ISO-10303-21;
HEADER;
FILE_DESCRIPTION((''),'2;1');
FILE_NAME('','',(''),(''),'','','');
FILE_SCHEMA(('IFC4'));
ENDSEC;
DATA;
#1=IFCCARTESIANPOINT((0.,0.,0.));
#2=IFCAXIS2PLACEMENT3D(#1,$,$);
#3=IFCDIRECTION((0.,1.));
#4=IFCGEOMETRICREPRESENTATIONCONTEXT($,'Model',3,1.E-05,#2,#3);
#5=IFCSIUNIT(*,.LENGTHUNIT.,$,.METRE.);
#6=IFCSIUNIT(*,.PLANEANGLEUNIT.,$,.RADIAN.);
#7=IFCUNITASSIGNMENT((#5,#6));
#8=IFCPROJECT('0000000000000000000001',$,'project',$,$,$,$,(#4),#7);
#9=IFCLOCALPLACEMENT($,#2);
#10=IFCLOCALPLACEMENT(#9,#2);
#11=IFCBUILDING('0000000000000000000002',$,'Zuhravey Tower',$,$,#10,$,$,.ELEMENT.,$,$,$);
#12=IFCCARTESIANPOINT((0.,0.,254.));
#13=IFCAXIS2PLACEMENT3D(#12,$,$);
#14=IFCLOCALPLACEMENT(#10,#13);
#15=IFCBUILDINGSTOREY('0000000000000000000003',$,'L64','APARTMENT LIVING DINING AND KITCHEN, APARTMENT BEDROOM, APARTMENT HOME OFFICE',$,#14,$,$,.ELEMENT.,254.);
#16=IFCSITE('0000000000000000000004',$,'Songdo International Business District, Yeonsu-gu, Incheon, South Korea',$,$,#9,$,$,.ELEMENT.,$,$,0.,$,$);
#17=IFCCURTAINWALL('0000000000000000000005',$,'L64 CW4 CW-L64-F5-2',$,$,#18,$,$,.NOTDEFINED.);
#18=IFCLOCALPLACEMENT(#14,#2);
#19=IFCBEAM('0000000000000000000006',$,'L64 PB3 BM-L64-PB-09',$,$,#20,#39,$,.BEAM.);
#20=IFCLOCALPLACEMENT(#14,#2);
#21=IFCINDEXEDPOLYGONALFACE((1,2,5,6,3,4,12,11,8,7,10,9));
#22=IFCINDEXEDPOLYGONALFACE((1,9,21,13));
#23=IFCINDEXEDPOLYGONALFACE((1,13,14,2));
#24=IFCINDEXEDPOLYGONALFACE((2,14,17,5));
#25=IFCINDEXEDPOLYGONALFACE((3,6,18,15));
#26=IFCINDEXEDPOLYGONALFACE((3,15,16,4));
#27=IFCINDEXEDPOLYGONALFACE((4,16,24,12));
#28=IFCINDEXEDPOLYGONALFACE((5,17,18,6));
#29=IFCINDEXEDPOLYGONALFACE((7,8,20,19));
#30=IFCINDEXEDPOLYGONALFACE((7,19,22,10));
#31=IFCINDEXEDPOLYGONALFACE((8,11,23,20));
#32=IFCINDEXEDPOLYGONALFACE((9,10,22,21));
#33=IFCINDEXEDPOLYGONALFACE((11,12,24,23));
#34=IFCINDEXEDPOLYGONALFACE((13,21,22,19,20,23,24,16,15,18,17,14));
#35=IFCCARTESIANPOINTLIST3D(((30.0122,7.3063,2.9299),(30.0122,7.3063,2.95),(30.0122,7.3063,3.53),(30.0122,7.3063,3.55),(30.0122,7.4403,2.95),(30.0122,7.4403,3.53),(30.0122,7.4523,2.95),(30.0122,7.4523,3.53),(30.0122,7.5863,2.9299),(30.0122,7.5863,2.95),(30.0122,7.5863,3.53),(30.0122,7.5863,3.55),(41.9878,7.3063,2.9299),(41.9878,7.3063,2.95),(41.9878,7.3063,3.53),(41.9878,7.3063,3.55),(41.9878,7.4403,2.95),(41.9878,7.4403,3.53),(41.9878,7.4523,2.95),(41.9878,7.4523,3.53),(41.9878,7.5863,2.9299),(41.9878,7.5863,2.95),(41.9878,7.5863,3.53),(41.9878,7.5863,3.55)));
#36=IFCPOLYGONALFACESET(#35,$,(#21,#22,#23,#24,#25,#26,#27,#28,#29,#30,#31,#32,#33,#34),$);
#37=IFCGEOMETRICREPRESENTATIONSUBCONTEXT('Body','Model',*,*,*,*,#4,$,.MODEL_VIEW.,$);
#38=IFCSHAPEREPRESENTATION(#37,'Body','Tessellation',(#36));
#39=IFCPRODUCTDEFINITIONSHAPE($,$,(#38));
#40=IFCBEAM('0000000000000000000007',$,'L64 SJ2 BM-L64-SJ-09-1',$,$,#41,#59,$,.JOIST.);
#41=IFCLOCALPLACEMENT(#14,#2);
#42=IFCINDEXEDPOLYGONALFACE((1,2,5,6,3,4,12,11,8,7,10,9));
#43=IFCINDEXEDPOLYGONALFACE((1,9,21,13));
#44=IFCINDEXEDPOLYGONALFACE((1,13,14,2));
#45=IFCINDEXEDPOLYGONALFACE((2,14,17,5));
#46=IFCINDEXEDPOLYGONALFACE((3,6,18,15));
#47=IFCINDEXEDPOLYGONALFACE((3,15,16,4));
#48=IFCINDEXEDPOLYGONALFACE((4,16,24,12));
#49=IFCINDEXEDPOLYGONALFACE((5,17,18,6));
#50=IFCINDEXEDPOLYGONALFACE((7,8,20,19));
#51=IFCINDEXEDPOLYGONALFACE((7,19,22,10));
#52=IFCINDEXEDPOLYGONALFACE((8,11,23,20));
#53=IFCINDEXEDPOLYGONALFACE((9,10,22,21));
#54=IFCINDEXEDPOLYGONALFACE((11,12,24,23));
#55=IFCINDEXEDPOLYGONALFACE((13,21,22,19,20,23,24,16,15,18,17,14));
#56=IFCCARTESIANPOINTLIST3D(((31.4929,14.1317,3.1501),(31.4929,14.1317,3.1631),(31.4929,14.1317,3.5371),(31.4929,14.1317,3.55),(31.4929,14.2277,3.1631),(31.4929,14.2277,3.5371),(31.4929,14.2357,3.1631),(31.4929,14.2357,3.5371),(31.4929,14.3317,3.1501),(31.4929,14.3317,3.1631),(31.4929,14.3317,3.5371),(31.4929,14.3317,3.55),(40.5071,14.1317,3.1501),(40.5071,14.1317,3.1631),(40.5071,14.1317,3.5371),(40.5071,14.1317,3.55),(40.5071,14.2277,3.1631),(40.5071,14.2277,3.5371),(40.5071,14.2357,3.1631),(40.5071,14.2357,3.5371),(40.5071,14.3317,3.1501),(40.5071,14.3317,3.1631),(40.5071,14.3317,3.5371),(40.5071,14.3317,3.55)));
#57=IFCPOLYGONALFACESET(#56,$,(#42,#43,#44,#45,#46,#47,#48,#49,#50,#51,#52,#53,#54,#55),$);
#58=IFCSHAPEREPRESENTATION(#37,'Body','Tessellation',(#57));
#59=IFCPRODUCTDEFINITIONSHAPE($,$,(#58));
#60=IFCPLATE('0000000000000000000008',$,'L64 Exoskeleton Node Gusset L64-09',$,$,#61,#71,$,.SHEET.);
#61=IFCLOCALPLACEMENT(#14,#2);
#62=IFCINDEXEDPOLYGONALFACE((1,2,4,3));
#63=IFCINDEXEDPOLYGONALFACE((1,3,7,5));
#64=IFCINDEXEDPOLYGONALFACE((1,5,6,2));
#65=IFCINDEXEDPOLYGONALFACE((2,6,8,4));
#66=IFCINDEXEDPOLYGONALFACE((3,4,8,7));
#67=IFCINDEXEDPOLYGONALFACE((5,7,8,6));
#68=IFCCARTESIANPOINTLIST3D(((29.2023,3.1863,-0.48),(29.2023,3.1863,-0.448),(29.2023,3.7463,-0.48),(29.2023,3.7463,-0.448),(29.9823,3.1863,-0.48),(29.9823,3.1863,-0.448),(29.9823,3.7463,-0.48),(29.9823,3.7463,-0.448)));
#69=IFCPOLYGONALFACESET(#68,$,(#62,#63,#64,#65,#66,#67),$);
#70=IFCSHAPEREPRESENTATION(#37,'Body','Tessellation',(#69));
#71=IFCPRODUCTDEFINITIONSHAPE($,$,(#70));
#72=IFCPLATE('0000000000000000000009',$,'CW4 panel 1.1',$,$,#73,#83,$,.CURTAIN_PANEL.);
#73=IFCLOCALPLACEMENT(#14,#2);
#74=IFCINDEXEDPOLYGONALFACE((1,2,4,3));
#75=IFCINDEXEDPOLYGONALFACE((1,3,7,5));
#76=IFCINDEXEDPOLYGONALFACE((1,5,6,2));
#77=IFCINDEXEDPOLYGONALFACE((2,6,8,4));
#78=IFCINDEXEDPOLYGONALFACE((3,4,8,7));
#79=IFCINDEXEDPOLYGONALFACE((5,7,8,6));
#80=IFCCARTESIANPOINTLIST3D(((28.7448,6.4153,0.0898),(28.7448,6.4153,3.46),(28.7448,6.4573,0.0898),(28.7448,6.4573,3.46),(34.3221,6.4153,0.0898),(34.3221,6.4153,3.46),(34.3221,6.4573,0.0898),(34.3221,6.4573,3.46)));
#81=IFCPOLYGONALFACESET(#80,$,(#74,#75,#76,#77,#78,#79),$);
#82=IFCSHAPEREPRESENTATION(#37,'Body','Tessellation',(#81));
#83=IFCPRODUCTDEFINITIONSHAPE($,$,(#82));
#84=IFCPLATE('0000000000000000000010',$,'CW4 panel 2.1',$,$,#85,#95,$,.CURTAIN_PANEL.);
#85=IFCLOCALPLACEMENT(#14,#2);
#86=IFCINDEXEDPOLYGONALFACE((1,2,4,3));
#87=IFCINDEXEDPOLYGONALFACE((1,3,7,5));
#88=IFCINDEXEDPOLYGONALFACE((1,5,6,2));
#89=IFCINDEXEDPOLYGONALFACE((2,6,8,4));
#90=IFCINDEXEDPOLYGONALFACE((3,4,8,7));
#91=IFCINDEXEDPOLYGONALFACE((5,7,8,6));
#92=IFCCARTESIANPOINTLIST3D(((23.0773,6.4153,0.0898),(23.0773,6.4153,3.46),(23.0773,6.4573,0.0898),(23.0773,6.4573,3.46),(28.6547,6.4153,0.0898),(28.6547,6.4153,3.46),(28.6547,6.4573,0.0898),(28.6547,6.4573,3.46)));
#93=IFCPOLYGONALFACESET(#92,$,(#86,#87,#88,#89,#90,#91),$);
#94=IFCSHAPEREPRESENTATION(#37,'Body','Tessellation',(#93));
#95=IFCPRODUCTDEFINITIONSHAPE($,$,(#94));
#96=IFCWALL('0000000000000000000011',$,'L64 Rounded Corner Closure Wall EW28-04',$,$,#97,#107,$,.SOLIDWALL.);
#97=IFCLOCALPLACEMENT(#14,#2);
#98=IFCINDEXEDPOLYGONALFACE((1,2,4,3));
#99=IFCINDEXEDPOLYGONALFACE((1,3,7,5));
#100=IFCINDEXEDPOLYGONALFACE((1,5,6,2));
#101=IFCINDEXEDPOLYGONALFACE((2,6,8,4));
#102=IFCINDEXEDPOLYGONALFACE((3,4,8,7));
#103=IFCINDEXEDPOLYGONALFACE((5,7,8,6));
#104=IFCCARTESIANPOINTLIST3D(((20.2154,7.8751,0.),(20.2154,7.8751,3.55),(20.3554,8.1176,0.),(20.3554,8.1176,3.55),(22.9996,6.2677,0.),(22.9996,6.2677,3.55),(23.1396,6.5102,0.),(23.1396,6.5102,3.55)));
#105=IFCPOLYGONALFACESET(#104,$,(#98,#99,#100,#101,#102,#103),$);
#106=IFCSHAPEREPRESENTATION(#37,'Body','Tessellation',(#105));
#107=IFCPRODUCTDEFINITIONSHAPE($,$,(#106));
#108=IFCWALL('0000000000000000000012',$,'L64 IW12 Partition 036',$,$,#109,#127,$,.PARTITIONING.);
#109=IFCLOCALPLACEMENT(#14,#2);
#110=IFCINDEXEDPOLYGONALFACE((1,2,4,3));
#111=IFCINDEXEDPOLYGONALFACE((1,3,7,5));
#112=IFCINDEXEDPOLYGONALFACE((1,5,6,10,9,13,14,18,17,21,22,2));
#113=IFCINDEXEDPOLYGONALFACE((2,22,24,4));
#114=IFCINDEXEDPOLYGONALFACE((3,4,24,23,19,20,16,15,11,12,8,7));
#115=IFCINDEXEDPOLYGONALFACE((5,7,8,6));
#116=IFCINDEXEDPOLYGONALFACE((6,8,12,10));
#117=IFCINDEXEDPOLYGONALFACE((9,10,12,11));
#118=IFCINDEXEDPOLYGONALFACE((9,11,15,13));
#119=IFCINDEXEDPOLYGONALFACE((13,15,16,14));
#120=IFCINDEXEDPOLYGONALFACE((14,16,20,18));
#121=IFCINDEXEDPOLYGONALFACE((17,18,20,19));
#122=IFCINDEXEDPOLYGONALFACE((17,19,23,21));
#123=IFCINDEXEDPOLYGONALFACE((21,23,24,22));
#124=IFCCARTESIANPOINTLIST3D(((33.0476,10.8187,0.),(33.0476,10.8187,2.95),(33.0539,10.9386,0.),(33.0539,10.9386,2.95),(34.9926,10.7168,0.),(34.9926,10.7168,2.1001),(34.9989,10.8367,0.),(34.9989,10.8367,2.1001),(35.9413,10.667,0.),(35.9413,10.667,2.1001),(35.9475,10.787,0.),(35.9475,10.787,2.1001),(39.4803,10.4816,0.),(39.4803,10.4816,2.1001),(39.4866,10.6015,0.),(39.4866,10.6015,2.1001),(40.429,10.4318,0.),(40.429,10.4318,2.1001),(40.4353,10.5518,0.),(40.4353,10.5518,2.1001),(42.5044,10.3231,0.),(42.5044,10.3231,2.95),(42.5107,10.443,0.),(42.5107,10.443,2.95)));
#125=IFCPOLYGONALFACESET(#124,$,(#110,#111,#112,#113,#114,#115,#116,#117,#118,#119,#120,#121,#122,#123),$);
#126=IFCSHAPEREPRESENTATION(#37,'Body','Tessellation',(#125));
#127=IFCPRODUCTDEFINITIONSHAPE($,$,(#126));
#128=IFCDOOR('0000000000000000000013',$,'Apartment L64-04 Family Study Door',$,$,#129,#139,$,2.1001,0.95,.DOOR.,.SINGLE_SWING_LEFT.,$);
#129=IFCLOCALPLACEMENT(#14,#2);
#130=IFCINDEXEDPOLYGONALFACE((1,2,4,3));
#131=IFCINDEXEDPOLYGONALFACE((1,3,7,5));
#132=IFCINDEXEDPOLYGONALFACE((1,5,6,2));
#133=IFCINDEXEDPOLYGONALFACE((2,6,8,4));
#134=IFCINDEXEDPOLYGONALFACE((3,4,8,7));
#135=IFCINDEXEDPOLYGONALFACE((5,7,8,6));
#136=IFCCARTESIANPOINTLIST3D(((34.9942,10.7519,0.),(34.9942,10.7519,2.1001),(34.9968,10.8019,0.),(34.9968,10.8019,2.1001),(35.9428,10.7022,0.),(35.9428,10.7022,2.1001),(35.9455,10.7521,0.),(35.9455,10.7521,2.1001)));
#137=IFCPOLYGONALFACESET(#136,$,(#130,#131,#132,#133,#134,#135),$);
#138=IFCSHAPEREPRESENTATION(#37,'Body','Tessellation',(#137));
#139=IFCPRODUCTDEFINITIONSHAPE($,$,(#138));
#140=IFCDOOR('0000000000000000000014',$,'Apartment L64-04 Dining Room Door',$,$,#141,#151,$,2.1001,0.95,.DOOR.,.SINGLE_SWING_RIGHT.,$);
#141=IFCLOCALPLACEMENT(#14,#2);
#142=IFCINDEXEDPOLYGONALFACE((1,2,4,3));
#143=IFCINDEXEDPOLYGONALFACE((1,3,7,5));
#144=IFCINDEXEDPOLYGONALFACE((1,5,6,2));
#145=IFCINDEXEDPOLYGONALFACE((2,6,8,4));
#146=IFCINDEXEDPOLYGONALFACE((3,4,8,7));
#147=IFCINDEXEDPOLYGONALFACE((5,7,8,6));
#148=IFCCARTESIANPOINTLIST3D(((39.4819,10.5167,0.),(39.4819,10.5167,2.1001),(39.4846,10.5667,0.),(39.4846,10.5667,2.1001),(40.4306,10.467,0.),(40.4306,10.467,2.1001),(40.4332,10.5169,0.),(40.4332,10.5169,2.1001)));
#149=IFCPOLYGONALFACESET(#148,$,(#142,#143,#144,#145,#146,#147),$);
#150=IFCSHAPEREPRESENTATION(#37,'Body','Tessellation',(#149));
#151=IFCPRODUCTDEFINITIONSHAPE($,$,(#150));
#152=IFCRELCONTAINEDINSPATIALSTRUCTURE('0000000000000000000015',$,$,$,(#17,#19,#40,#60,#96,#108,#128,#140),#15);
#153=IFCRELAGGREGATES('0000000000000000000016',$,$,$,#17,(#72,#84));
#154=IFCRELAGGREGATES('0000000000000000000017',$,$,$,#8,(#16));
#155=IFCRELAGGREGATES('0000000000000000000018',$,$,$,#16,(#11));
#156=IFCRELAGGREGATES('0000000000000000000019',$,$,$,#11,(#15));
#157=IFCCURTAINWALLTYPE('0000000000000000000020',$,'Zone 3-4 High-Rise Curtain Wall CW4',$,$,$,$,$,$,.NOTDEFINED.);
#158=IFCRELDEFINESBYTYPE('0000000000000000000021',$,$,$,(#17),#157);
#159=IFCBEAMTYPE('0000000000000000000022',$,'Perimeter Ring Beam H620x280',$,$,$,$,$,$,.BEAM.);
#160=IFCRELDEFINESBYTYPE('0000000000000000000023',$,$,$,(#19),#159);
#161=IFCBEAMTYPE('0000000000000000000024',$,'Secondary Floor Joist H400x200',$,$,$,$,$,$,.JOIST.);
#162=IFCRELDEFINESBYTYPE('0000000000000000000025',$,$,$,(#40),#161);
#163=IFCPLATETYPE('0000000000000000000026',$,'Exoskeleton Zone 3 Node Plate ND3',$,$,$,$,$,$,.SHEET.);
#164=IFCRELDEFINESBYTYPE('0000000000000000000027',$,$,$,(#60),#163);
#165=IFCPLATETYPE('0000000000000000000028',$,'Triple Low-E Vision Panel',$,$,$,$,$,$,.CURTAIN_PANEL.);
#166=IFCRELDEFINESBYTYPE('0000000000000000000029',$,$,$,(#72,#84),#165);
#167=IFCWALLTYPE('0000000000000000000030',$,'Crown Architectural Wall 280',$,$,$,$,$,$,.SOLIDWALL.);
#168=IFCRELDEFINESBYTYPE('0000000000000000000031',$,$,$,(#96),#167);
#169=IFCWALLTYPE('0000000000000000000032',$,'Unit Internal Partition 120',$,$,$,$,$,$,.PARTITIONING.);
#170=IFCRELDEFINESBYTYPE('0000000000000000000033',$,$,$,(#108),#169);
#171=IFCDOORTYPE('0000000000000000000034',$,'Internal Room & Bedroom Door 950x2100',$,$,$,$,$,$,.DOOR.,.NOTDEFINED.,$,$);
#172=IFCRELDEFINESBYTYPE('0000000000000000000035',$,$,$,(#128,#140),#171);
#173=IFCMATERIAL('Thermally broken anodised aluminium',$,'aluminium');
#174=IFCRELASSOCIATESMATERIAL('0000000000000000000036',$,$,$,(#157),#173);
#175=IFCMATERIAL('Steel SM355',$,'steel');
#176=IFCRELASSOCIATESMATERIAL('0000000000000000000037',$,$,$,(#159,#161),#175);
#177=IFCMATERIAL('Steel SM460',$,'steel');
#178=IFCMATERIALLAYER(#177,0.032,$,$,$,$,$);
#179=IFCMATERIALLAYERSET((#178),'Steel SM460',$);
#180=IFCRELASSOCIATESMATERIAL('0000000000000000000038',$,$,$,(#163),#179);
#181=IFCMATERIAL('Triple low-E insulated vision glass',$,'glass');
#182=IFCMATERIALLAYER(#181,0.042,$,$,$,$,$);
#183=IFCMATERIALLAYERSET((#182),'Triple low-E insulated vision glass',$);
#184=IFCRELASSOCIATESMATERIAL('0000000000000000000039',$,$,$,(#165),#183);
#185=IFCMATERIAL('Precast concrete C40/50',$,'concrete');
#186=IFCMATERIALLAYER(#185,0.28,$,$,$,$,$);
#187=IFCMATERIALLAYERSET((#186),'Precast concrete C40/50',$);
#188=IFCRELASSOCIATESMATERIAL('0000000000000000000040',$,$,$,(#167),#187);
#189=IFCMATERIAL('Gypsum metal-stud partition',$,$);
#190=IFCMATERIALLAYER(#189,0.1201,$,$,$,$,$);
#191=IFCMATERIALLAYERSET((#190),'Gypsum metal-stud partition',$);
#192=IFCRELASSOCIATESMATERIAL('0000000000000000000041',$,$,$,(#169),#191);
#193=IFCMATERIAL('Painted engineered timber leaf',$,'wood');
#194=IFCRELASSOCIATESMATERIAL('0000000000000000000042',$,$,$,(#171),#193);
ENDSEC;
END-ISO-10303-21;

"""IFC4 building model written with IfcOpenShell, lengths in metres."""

from ifc_helpers import new_model, si_unit, direction, frame, frame_2d, origin, origin_2d, place, context, subcontext, project, spatial, rectangle, i_section, extrude, material, layer, layer_set, material_profile, profile_set, type_object, element, fill, aggregate, save


model = new_model("IFC4")

# Units and contexts
model_context = context("Model", 3, precision=1e-05, world=origin(), true_north=direction((0.0, 1.0)))
body_context = subcontext(model_context, "Body", "Model", "MODEL_VIEW")
ifc_project = project(units=[si_unit("LENGTHUNIT", "METRE"), si_unit("PLANEANGLEUNIT", "RADIAN")], contexts=[model_context])

# Site, building, storey
site_placement = place(None, origin())
site = spatial("IfcSite", under=ifc_project, at=site_placement, Name="Songdo International Business District, Yeonsu-gu, Incheon, South Korea", CompositionType="ELEMENT", RefElevation=0.0)
building_placement = place(site_placement, origin())
building = spatial("IfcBuilding", under=site, at=building_placement, Name="Zuhravey Tower", CompositionType="ELEMENT")
storey_placement = place(building_placement, frame((0.0, 0.0, 254.0)))
storey = spatial("IfcBuildingStorey", under=building, at=storey_placement, Name="L64", Description="APARTMENT LIVING DINING AND KITCHEN, APARTMENT BEDROOM, APARTMENT HOME OFFICE", CompositionType="ELEMENT", Elevation=254.0)

# Curtain wall
ifc_material_1 = material(Name="Thermally broken anodised aluminium", Category="aluminium")
curtain_wall_type = type_object("IfcCurtainWallType", Name="Zone 3-4 High-Rise Curtain Wall CW4", PredefinedType="NOTDEFINED", material=ifc_material_1)
curtain_wall_1_placement = place(storey_placement, origin())
curtain_wall_1 = element("IfcCurtainWall", 1, at=curtain_wall_1_placement, inside=storey, type_object=curtain_wall_type, Name="L64 CW4 CW-L64-F5-2", PredefinedType="NOTDEFINED")

# Shared definitions
ifc_material_2 = material(Name="Steel SM355", Category="steel")

# Beams
ifc_material_profile_1 = material_profile(ifc_material_2, i_section(OverallWidth=0.28, OverallDepth=0.6201, WebThickness=0.012, FlangeThickness=0.02, at=origin_2d()), Name="H-620x280x12x20")
ifc_profile_set_1 = profile_set([ifc_material_profile_1], Name="Steel SM355")
beam_type_1 = type_object("IfcBeamType", Name="Perimeter Ring Beam H620x280", PredefinedType="BEAM", material=ifc_profile_set_1)
beam_1_placement = place(storey_placement, frame((30.0122, 7.4463, 3.24), z_axis=(1.0, 0.0, 0.0), x_axis=(0.0, 1.0, 0.0)))
element("IfcBeam", 2, at=beam_1_placement, inside=storey, type_object=beam_type_1, Name="L64 PB3 BM-L64-PB-09", PredefinedType="BEAM", context=body_context, shape_type="SweptSolid", body=[
    extrude(i_section(OverallWidth=0.28, OverallDepth=0.6201, WebThickness=0.012, FlangeThickness=0.02, at=origin_2d()), origin(), (0.0, 0.0, 1.0), 11.9756),
])
ifc_material_profile_2 = material_profile(ifc_material_2, i_section(OverallWidth=0.2, OverallDepth=0.3999, WebThickness=0.0081, FlangeThickness=0.0129, at=origin_2d()), Name="H-400x200x8x13")
ifc_profile_set_2 = profile_set([ifc_material_profile_2], Name="Steel SM355")
beam_type_2 = type_object("IfcBeamType", Name="Secondary Floor Joist H400x200", PredefinedType="JOIST", material=ifc_profile_set_2)
beam_2_placement = place(storey_placement, frame((31.4929, 14.2317, 3.3501), z_axis=(1.0, 0.0, 0.0), x_axis=(0.0, 1.0, 0.0)))
element("IfcBeam", 3, at=beam_2_placement, inside=storey, type_object=beam_type_2, Name="L64 SJ2 BM-L64-SJ-09-1", PredefinedType="JOIST", context=body_context, shape_type="SweptSolid", body=[
    extrude(i_section(OverallWidth=0.2, OverallDepth=0.3999, WebThickness=0.0081, FlangeThickness=0.0129, at=origin_2d()), origin(), (0.0, 0.0, 1.0), 9.0142),
])

# Plates
ifc_material_3 = material(Name="Steel SM460", Category="steel")
ifc_layer_1 = layer(ifc_material_3, 0.032)
ifc_layer_set_1 = layer_set([ifc_layer_1], Name="Steel SM460")
plate_type_1 = type_object("IfcPlateType", Name="Exoskeleton Zone 3 Node Plate ND3", PredefinedType="SHEET", material=ifc_layer_set_1)
plate_1_placement = place(storey_placement, frame((29.5923, 3.4663, -0.48), z_axis=(0.0, 0.0, 1.0), x_axis=(1.0, 0.0, 0.0)))
element("IfcPlate", 4, at=plate_1_placement, inside=storey, type_object=plate_type_1, Name="L64 Exoskeleton Node Gusset L64-09", PredefinedType="SHEET", context=body_context, shape_type="SweptSolid", body=[
    extrude(rectangle(XDim=0.78, YDim=0.5601, at=origin_2d()), origin(), (0.0, 0.0, 1.0), 0.032),
])
ifc_material_4 = material(Name="Triple low-E insulated vision glass", Category="glass")
ifc_layer_2 = layer(ifc_material_4, 0.042)
ifc_layer_set_2 = layer_set([ifc_layer_2], Name="Triple low-E insulated vision glass")
plate_type_2 = type_object("IfcPlateType", Name="Triple Low-E Vision Panel", PredefinedType="CURTAIN_PANEL", material=ifc_layer_set_2)
plate_2_placement = place(storey_placement, frame((31.5334, 6.4363, 0.0898), z_axis=(0.0, 0.0, 1.0), x_axis=(-1.0, 0.0, 0.0)))
plate_2 = element("IfcPlate", 5, at=plate_2_placement, type_object=plate_type_2, Name="CW4 panel 1.1", PredefinedType="CURTAIN_PANEL", context=body_context, shape_type="SweptSolid", body=[
    extrude(rectangle(XDim=5.5774, YDim=0.042, at=origin_2d()), origin(), (0.0, 0.0, 1.0), 3.3701),
])
plate_3_placement = place(storey_placement, frame((25.866, 6.4363, 0.0898), z_axis=(0.0, 0.0, 1.0), x_axis=(-1.0, 0.0, 0.0)))
plate_3 = element("IfcPlate", 6, at=plate_3_placement, type_object=plate_type_2, Name="CW4 panel 2.1", PredefinedType="CURTAIN_PANEL", context=body_context, shape_type="SweptSolid", body=[
    extrude(rectangle(XDim=5.5774, YDim=0.042, at=origin_2d()), origin(), (0.0, 0.0, 1.0), 3.3701),
])
aggregate(curtain_wall_1, [plate_2, plate_3])

# Wall
ifc_material_5 = material(Name="Precast concrete C40/50", Category="concrete")
ifc_layer_3 = layer(ifc_material_5, 0.28)
ifc_layer_set_3 = layer_set([ifc_layer_3], Name="Precast concrete C40/50")
wall_type_1 = type_object("IfcWallType", Name="Crown Architectural Wall 280", PredefinedType="SOLIDWALL", material=ifc_layer_set_3)
wall_1_placement = place(storey_placement, frame((23.0696, 6.3889, 0.0), z_axis=(0.0, 0.0, 1.0), x_axis=(-0.866029, 0.499994, 0.0)))
element("IfcWall", 7, at=wall_1_placement, inside=storey, type_object=wall_type_1, Name="L64 Rounded Corner Closure Wall EW28-04", PredefinedType="SOLIDWALL", context=body_context, shape_type="SweptSolid", body=[
    extrude(rectangle(XDim=3.2148, YDim=0.28, at=frame_2d((1.6074, 0.0))), origin(), (0.0, 0.0, 1.0), 3.55),
])

# Wall, openings, doors
ifc_material_6 = material(Name="Gypsum metal-stud partition")
ifc_layer_4 = layer(ifc_material_6, 0.1201)
ifc_layer_set_4 = layer_set([ifc_layer_4], Name="Gypsum metal-stud partition")
wall_type_2 = type_object("IfcWallType", Name="Unit Internal Partition 120", PredefinedType="PARTITIONING", material=ifc_layer_set_4)
wall_2_placement = place(storey_placement, frame((33.0508, 10.8787, 0.0), z_axis=(0.0, 0.0, 1.0), x_axis=(0.99863, -0.052336, 0.0)))
wall_2 = element("IfcWall", 8, at=wall_2_placement, inside=storey, type_object=wall_type_2, Name="L64 IW12 Partition 036", PredefinedType="PARTITIONING", context=body_context, shape_type="SweptSolid", body=[
    extrude(rectangle(XDim=9.4697, YDim=0.1201, at=frame_2d((4.7349, 0.0))), origin(), (0.0, 0.0, 1.0), 2.95),
])
opening_1_placement = place(wall_2_placement, frame((1.9475, 0.0, 0.0)))
opening_1 = element("IfcOpeningElement", 9, at=opening_1_placement, cuts=wall_2, PredefinedType="OPENING", context=body_context, shape_type="SweptSolid", body=[
    extrude(rectangle(XDim=0.95, YDim=2.1001, at=frame_2d((0.4751, 1.05))), frame((0.0, 0.072, 0.0), z_axis=(0.0, -1.0, 0.0), x_axis=(1.0, 0.0, 0.0)), (0.0, 0.0, 1.0), 0.144),
])
opening_2_placement = place(wall_2_placement, frame((6.4414, 0.0, 0.0)))
opening_2 = element("IfcOpeningElement", 10, at=opening_2_placement, cuts=wall_2, PredefinedType="OPENING", context=body_context, shape_type="SweptSolid", body=[
    extrude(rectangle(XDim=0.95, YDim=2.1001, at=frame_2d((0.4751, 1.05))), frame((0.0, 0.072, 0.0), z_axis=(0.0, -1.0, 0.0), x_axis=(1.0, 0.0, 0.0)), (0.0, 0.0, 1.0), 0.144),
])
ifc_material_7 = material(Name="Painted engineered timber leaf", Category="wood")
door_type = type_object("IfcDoorType", Name="Internal Room & Bedroom Door 950x2100", OperationType="NOTDEFINED", PredefinedType="DOOR", material=ifc_material_7)
door_1_placement = place(opening_1_placement, frame((0.95, 0.0, 0.0), z_axis=(0.0, 0.0, 1.0), x_axis=(-1.0, 0.0, 0.0)))
door_1 = element("IfcDoor", 11, at=door_1_placement, inside=storey, type_object=door_type, Name="Apartment L64-04 Family Study Door", OperationType="SINGLE_SWING_LEFT", OverallHeight=2.1001, OverallWidth=0.95, PredefinedType="DOOR", context=body_context, shape_type="SweptSolid", body=[
    extrude(rectangle(XDim=0.95, YDim=2.1001, at=frame_2d((0.4751, 1.05))), frame((0.0, 0.0249, 0.0), z_axis=(0.0, -1.0, 0.0), x_axis=(1.0, 0.0, 0.0)), (0.0, 0.0, 1.0), 0.05),
])
fill(opening_1, door_1)
door_2_placement = place(opening_2_placement, frame((0.95, 0.0, 0.0), z_axis=(0.0, 0.0, 1.0), x_axis=(-1.0, 0.0, 0.0)))
door_2 = element("IfcDoor", 12, at=door_2_placement, inside=storey, type_object=door_type, Name="Apartment L64-04 Dining Room Door", OperationType="SINGLE_SWING_RIGHT", OverallHeight=2.1001, OverallWidth=0.95, PredefinedType="DOOR", context=body_context, shape_type="SweptSolid", body=[
    extrude(rectangle(XDim=0.95, YDim=2.1001, at=frame_2d((0.4751, 1.05))), frame((0.0, 0.0249, 0.0), z_axis=(0.0, -1.0, 0.0), x_axis=(1.0, 0.0, 0.0)), (0.0, 0.0, 1.0), 0.05),
])
fill(opening_2, door_2)

save(model, "model.ifc")
